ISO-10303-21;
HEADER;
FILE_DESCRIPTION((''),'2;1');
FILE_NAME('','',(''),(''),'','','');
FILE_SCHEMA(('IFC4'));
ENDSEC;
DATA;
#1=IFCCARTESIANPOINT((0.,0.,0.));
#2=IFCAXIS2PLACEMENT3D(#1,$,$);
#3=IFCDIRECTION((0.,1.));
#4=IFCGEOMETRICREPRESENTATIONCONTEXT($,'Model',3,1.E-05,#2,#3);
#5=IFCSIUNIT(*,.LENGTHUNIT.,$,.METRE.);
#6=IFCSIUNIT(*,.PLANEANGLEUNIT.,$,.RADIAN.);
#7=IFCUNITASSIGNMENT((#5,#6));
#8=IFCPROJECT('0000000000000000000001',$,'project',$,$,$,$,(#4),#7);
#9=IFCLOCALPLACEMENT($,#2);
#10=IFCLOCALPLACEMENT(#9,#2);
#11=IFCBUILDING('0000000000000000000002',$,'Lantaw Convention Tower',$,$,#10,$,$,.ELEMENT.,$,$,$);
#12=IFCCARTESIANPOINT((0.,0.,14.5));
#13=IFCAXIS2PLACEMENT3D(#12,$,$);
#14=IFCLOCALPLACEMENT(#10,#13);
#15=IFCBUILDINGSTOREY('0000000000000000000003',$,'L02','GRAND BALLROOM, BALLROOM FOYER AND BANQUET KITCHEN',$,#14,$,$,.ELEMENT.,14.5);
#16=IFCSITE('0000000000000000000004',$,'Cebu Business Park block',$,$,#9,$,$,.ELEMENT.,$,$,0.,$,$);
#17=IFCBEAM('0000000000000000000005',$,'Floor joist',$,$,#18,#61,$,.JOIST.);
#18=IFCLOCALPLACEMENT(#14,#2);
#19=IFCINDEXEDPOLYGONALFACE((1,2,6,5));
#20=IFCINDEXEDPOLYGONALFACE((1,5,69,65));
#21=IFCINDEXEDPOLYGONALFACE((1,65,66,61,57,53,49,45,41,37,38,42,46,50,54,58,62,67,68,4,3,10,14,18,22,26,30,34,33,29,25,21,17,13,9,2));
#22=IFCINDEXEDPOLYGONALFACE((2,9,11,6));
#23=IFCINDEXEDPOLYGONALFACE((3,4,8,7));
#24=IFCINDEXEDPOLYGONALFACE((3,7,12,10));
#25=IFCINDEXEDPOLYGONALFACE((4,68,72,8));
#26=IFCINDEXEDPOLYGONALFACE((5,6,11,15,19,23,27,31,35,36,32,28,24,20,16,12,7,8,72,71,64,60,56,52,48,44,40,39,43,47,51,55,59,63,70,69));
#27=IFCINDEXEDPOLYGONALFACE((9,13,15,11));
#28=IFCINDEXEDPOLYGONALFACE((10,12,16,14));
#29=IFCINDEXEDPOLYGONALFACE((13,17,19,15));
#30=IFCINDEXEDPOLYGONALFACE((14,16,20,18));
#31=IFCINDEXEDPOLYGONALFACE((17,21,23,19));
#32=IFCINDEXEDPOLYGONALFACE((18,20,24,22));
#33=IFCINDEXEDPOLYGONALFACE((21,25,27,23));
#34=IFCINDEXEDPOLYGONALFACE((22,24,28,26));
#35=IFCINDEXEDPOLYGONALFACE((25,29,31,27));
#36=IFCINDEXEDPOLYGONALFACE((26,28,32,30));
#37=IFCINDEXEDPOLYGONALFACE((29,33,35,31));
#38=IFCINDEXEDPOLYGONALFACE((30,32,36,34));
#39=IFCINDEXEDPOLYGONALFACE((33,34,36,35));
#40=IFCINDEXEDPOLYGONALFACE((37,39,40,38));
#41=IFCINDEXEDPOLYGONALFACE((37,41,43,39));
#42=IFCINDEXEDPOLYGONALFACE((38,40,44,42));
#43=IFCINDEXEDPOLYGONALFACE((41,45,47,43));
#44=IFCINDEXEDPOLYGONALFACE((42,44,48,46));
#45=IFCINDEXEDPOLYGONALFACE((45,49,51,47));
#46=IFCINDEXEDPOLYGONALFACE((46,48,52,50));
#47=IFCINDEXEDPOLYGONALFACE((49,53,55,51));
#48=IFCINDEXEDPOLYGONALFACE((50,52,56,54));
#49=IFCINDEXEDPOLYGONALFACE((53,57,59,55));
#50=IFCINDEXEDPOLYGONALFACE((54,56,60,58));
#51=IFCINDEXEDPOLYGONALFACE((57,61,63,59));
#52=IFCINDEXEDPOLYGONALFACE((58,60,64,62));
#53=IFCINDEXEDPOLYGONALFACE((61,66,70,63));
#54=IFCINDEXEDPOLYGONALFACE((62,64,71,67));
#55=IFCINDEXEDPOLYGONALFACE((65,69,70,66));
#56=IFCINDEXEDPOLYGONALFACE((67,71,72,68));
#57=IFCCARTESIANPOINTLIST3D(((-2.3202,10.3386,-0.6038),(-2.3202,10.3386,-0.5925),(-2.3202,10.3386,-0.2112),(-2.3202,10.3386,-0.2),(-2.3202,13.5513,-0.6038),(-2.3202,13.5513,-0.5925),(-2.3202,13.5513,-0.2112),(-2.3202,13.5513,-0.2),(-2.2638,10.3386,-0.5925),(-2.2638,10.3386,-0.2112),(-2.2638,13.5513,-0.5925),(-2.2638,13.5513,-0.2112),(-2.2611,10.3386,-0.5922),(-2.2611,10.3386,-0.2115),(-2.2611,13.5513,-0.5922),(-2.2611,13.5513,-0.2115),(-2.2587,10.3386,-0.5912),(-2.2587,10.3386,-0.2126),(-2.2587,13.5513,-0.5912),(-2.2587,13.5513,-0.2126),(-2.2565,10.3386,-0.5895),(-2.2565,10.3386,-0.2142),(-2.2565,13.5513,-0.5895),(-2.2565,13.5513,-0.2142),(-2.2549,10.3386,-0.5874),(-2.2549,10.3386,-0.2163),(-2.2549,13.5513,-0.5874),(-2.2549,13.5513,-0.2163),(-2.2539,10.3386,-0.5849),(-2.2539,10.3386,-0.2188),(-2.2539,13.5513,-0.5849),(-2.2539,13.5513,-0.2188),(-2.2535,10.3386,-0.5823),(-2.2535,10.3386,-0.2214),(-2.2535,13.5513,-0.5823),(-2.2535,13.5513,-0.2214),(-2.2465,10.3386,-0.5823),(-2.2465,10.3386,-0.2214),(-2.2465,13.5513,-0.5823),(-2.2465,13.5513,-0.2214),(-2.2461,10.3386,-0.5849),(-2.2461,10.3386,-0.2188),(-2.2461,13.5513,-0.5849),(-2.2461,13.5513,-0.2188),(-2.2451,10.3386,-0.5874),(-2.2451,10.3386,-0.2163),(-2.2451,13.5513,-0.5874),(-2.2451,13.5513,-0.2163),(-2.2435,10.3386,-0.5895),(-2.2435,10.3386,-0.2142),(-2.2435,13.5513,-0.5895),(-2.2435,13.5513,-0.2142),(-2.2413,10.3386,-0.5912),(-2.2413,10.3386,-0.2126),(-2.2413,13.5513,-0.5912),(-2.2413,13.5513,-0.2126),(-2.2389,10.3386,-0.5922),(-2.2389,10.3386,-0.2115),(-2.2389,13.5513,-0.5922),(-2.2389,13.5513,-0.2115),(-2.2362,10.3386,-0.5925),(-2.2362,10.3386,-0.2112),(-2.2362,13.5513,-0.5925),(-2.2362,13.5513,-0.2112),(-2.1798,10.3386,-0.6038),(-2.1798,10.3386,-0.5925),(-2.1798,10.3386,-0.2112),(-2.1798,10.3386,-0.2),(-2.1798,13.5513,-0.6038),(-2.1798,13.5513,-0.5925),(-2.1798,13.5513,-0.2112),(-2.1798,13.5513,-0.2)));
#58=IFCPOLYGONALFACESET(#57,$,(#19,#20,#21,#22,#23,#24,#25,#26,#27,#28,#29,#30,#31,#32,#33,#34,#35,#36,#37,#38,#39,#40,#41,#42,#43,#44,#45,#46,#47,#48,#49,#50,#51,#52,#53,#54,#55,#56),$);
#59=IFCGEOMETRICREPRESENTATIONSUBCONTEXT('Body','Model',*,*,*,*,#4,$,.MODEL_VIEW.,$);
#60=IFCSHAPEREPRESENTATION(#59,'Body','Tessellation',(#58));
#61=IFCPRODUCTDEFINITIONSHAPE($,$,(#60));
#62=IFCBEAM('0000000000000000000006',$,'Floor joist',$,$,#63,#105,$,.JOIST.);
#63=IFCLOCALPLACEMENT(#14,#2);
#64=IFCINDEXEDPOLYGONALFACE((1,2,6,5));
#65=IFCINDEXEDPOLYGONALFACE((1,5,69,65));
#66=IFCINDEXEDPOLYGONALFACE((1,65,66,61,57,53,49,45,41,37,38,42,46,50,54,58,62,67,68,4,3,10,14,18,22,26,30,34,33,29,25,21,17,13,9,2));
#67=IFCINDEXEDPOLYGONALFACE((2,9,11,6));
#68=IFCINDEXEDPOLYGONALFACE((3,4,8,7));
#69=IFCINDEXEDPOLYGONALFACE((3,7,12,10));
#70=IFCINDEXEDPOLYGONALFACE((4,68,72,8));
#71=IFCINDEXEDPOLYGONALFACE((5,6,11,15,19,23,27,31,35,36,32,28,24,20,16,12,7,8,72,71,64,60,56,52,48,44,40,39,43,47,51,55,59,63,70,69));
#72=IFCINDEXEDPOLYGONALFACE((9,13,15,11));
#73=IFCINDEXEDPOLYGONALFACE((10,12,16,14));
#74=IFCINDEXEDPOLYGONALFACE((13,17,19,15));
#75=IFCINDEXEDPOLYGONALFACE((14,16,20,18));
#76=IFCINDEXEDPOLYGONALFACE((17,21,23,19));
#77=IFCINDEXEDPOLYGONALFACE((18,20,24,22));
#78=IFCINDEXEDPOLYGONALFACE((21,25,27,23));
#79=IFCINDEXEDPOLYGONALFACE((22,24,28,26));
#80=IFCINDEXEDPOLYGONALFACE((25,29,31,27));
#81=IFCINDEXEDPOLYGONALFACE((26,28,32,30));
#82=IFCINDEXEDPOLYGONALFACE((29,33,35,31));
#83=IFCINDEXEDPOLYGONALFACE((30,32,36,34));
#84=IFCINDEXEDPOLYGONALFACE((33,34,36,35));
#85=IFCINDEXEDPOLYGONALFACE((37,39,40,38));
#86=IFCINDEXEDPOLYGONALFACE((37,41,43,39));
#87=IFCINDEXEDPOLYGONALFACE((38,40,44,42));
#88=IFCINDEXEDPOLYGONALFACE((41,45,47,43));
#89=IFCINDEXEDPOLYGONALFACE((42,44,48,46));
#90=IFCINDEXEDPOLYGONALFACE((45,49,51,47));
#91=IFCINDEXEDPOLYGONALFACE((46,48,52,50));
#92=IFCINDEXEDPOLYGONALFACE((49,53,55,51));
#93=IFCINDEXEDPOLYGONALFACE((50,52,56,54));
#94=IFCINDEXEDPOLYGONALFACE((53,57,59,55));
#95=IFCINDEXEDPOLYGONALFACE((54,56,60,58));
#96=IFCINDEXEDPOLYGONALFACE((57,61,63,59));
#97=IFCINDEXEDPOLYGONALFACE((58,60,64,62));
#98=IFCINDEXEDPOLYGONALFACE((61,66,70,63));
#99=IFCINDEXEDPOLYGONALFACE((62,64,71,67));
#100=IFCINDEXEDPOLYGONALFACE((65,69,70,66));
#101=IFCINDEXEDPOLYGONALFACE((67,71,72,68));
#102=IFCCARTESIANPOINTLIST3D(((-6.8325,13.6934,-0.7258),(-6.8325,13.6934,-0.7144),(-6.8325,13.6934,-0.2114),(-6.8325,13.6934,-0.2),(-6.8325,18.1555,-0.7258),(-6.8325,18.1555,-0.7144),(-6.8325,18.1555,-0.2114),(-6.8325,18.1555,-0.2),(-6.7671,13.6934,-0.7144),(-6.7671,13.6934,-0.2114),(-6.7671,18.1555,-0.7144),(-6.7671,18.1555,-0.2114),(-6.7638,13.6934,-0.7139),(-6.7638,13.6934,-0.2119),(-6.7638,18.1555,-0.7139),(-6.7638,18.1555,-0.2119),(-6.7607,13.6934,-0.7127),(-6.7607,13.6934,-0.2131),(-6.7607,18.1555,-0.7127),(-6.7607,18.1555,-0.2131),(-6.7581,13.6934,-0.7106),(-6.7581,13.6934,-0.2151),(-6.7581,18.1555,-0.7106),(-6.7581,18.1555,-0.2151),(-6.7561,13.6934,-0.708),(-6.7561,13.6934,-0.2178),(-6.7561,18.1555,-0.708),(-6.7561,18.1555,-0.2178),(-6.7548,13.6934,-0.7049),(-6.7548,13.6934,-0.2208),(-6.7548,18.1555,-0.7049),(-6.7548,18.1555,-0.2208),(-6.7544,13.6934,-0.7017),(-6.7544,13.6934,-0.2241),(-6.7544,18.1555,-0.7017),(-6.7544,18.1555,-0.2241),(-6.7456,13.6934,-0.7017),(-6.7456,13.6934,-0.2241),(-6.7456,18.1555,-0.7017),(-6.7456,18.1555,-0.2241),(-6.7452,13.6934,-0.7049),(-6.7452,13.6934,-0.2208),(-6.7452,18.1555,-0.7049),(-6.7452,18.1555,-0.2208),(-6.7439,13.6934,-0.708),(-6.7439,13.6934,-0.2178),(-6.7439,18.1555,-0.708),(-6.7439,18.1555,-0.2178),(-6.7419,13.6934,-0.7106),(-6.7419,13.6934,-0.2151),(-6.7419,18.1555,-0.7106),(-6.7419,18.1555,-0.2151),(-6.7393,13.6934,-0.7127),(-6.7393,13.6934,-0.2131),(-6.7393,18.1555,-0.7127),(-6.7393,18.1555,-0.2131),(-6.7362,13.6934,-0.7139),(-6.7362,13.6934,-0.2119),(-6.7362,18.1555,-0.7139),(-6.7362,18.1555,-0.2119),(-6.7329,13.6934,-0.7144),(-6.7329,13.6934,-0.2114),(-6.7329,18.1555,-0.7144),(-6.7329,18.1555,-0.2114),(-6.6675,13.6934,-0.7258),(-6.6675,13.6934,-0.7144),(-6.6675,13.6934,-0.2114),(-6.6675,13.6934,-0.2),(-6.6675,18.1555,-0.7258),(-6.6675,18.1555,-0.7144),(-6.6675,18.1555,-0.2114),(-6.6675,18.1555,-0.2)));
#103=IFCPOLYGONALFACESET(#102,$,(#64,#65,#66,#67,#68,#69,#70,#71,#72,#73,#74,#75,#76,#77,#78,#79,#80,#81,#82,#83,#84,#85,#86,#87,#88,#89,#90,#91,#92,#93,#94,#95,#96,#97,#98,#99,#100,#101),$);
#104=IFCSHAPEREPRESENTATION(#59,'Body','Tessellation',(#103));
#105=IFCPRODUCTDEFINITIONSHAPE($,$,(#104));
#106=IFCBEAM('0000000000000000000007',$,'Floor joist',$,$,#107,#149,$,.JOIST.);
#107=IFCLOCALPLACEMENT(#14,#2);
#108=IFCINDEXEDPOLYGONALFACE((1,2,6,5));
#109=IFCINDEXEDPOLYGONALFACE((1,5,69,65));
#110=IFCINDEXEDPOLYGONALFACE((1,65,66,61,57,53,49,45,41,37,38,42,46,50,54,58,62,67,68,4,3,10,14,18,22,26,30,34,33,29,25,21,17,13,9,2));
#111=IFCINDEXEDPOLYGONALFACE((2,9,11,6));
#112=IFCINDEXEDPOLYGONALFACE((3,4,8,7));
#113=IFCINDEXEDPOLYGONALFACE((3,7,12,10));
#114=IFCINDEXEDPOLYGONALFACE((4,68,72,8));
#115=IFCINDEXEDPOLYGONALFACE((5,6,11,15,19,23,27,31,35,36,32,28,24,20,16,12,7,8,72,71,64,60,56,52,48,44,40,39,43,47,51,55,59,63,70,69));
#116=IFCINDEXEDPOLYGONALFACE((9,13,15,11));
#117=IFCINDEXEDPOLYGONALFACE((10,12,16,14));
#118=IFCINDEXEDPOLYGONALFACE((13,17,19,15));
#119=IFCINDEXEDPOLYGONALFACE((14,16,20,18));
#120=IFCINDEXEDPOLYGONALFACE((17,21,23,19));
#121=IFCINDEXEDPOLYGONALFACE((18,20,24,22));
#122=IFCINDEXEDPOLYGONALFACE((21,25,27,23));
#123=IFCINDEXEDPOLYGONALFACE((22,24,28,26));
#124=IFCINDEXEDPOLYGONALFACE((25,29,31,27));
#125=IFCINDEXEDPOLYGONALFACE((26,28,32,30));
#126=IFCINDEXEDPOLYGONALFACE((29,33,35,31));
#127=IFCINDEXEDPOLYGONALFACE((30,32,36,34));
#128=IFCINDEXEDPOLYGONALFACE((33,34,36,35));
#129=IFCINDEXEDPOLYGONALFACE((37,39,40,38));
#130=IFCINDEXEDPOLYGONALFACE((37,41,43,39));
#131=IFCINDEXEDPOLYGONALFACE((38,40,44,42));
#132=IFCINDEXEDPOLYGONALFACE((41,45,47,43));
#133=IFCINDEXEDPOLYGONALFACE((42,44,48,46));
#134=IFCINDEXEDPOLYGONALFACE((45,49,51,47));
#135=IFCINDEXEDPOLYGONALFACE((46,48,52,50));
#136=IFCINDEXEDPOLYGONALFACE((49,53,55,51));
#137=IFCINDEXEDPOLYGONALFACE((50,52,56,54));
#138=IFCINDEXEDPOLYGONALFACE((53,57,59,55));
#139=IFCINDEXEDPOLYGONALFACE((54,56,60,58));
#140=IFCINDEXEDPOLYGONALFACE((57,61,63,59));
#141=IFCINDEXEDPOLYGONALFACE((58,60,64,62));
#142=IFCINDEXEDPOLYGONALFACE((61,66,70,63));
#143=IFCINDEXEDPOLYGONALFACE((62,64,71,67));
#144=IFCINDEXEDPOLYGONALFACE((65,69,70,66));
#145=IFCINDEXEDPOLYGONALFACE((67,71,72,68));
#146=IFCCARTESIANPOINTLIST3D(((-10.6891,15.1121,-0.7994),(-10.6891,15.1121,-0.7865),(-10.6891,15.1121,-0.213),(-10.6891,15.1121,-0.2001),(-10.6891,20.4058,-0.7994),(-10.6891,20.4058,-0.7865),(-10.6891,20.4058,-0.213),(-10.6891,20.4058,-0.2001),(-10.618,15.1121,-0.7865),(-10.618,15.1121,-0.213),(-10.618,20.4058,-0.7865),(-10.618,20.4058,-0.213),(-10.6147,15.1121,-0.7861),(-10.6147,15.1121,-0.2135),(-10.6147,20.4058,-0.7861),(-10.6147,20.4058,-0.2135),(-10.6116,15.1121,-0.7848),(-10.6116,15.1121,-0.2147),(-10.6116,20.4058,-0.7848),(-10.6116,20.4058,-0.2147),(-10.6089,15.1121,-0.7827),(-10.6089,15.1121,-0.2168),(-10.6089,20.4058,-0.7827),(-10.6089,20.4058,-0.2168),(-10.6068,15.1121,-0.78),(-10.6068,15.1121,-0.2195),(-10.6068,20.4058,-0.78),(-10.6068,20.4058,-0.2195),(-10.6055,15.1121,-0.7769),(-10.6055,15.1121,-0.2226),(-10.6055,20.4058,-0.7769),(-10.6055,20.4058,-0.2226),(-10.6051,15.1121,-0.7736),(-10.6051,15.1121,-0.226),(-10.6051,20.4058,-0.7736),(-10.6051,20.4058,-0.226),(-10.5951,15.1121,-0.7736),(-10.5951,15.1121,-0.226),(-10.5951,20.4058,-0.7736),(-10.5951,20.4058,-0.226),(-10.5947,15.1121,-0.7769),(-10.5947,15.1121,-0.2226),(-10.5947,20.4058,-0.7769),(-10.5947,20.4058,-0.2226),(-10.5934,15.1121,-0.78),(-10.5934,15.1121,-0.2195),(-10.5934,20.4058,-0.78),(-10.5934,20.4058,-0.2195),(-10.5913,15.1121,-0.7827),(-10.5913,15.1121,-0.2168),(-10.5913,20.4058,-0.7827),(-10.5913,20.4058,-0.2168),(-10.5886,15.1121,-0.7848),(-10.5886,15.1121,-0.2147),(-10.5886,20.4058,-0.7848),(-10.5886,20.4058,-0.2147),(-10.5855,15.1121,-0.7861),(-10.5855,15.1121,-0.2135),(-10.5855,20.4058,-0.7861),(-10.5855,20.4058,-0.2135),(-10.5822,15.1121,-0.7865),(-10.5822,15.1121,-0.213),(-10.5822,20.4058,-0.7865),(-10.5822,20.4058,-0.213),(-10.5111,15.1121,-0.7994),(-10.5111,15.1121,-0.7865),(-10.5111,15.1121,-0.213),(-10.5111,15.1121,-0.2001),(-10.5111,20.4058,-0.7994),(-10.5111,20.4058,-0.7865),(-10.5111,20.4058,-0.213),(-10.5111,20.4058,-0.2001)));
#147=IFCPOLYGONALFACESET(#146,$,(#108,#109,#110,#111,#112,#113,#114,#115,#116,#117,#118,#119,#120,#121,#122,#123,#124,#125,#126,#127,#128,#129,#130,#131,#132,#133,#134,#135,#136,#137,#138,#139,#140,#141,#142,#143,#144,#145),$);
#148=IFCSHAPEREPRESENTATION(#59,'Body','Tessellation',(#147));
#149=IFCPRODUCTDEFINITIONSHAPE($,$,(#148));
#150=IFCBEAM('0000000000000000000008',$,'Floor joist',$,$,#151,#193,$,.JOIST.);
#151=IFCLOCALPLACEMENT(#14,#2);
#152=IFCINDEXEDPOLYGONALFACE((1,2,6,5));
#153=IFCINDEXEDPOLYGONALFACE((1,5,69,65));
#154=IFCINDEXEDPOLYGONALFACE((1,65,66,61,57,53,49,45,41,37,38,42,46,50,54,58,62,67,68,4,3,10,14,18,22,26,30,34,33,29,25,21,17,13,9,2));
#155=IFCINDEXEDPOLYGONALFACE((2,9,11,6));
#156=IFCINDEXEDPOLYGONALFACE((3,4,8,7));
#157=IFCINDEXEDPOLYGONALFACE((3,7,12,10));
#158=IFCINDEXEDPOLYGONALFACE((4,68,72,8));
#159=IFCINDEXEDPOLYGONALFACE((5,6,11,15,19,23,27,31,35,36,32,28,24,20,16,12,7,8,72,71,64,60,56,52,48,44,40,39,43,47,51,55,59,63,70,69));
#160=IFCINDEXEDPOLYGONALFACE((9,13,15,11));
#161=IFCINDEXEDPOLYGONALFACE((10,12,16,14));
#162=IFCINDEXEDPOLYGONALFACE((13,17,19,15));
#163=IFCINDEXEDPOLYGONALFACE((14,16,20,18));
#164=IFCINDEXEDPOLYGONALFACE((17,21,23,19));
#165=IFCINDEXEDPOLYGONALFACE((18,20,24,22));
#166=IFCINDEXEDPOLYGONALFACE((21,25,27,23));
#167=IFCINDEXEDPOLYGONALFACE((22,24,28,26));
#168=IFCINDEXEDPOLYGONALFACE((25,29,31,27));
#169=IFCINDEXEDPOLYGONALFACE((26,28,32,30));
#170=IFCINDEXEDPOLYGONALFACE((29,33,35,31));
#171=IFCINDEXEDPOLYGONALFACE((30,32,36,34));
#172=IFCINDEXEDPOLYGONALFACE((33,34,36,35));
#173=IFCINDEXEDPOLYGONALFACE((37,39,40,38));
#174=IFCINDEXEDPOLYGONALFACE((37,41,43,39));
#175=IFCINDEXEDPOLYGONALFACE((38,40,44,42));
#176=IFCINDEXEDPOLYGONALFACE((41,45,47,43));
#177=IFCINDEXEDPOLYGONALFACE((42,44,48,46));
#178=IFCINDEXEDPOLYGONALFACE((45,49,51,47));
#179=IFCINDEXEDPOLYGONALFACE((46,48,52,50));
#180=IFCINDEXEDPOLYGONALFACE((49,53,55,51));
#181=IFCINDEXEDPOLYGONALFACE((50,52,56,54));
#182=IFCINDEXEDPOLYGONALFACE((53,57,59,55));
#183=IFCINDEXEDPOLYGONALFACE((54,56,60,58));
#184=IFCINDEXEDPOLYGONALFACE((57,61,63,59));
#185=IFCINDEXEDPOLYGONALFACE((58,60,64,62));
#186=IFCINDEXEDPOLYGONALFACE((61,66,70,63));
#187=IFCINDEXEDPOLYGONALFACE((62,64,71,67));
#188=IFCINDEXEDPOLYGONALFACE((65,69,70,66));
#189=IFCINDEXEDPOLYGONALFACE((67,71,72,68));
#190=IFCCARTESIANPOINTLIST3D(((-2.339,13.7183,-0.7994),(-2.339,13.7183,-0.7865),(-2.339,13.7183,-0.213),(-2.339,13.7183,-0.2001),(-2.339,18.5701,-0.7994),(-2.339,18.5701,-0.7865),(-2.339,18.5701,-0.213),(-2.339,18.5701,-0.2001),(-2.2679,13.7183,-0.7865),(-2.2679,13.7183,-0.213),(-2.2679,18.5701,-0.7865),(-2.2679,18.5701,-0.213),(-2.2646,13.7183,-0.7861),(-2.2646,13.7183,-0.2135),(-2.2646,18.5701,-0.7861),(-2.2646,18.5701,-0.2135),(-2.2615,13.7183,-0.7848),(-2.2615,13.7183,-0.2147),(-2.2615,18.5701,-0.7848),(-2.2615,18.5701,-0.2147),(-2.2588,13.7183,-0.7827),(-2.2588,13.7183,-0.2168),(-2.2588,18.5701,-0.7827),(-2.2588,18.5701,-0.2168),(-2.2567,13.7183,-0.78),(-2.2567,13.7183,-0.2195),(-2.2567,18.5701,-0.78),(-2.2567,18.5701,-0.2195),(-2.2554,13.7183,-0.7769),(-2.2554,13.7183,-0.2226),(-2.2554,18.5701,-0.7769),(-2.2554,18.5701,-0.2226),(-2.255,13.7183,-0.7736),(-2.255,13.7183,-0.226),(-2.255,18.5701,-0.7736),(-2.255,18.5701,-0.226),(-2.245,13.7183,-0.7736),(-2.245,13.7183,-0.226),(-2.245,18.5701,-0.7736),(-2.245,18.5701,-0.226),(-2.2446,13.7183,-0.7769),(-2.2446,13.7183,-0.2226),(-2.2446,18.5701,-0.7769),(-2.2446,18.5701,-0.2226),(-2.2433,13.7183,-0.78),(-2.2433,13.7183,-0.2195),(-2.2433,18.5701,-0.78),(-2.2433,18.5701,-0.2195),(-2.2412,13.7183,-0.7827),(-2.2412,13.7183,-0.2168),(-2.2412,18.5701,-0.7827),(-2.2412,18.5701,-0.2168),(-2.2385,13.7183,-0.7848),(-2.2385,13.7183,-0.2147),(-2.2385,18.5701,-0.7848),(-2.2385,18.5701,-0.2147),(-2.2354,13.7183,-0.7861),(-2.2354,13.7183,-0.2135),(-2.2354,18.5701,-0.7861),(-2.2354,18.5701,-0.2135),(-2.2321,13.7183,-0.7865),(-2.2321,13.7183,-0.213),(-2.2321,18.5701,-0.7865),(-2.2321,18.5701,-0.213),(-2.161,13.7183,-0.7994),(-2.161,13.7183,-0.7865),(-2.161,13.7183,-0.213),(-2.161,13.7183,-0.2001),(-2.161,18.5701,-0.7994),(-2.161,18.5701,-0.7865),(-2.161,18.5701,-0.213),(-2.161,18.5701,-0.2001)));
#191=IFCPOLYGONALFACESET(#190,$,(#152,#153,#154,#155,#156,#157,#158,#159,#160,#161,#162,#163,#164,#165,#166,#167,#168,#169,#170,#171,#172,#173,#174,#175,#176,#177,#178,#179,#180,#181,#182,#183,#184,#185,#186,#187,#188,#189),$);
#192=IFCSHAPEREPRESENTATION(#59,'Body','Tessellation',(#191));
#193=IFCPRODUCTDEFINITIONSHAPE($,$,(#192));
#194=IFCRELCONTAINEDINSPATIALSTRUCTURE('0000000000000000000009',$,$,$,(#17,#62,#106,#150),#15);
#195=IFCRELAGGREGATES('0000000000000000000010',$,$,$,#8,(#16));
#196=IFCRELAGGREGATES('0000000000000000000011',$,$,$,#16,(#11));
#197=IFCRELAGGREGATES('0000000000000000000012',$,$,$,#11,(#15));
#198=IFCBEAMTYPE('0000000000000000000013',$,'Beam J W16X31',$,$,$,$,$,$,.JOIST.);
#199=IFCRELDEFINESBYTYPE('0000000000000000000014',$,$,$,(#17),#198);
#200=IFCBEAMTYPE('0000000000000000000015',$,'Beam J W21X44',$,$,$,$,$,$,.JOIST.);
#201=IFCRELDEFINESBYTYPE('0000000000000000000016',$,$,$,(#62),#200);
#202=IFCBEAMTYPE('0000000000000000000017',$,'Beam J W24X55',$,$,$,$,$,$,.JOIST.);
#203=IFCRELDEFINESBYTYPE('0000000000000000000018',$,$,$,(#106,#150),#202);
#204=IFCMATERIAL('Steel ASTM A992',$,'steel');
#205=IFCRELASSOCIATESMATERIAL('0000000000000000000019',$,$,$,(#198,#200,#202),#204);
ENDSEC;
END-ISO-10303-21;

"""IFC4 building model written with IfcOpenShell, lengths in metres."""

from ifc_helpers import new_model, si_unit, direction, frame, origin, origin_2d, place, context, subcontext, project, spatial, i_section, extrude, material, material_profile, profile_set, type_object, element, save


model = new_model("IFC4")

# Units and contexts
model_context = context("Model", 3, precision=1e-05, world=origin(), true_north=direction((0.0, 1.0)))
body_context = subcontext(model_context, "Body", "Model", "MODEL_VIEW")
ifc_project = project(units=[si_unit("LENGTHUNIT", "METRE"), si_unit("PLANEANGLEUNIT", "RADIAN")], contexts=[model_context])

# Site, building, storey
site_placement = place(None, origin())
site = spatial("IfcSite", under=ifc_project, at=site_placement, Name="Cebu Business Park block", CompositionType="ELEMENT", RefElevation=0.0)
building_placement = place(site_placement, origin())
building = spatial("IfcBuilding", under=site, at=building_placement, Name="Lantaw Convention Tower", CompositionType="ELEMENT")
storey_placement = place(building_placement, frame((0.0, 0.0, 14.5)))
storey = spatial("IfcBuildingStorey", under=building, at=storey_placement, Name="L02", Description="GRAND BALLROOM, BALLROOM FOYER AND BANQUET KITCHEN", CompositionType="ELEMENT", Elevation=14.5)

# Beams
ifc_material_1 = material(Name="Steel ASTM A992", Category="steel")
ifc_material_profile_1 = material_profile(ifc_material_1, i_section(OverallWidth=0.1404, OverallDepth=0.4038, WebThickness=0.0071, FlangeThickness=0.0112, FilletRadius=0.0103, at=origin_2d()), Name="W16X31")
ifc_profile_set_1 = profile_set([ifc_material_profile_1], Name="Steel ASTM A992")
beam_type_1 = type_object("IfcBeamType", Name="Beam J W16X31", PredefinedType="JOIST", material=ifc_profile_set_1)
beam_1_placement = place(storey_placement, frame((-2.25, 10.3386, -0.4019), z_axis=(0.0, 1.0, 0.0), x_axis=(-1.0, 0.0, 0.0)))
element("IfcBeam", 1, at=beam_1_placement, inside=storey, type_object=beam_type_1, Name="Floor joist", PredefinedType="JOIST", context=body_context, shape_type="SweptSolid", body=[
    extrude(i_section(OverallWidth=0.1404, OverallDepth=0.4038, WebThickness=0.0071, FlangeThickness=0.0112, FilletRadius=0.0103, at=origin_2d()), origin(), (0.0, 0.0, 1.0), 3.2126),
])
ifc_material_profile_2 = material_profile(ifc_material_1, i_section(OverallWidth=0.165, OverallDepth=0.5259, WebThickness=0.0088, FlangeThickness=0.0115, FilletRadius=0.0127, at=origin_2d()), Name="W21X44")
ifc_profile_set_2 = profile_set([ifc_material_profile_2], Name="Steel ASTM A992")
beam_type_2 = type_object("IfcBeamType", Name="Beam J W21X44", PredefinedType="JOIST", material=ifc_profile_set_2)
beam_2_placement = place(storey_placement, frame((-6.75, 13.6934, -0.4629), z_axis=(0.0, 1.0, 0.0), x_axis=(-1.0, 0.0, 0.0)))
element("IfcBeam", 2, at=beam_2_placement, inside=storey, type_object=beam_type_2, Name="Floor joist", PredefinedType="JOIST", context=body_context, shape_type="SweptSolid", body=[
    extrude(i_section(OverallWidth=0.165, OverallDepth=0.5259, WebThickness=0.0088, FlangeThickness=0.0115, FilletRadius=0.0127, at=origin_2d()), origin(), (0.0, 0.0, 1.0), 4.4622),
])
ifc_material_profile_3 = material_profile(ifc_material_1, i_section(OverallWidth=0.178, OverallDepth=0.5994, WebThickness=0.01, FlangeThickness=0.0129, FilletRadius=0.0129, at=origin_2d()), Name="W24X55")
ifc_profile_set_3 = profile_set([ifc_material_profile_3], Name="Steel ASTM A992")
beam_type_3 = type_object("IfcBeamType", Name="Beam J W24X55", PredefinedType="JOIST", material=ifc_profile_set_3)
beam_3_placement = place(storey_placement, frame((-10.6001, 15.1121, -0.4998), z_axis=(0.0, 1.0, 0.0), x_axis=(-1.0, 0.0, 0.0)))
element("IfcBeam", 3, at=beam_3_placement, inside=storey, type_object=beam_type_3, Name="Floor joist", PredefinedType="JOIST", context=body_context, shape_type="SweptSolid", body=[
    extrude(i_section(OverallWidth=0.178, OverallDepth=0.5994, WebThickness=0.01, FlangeThickness=0.0129, FilletRadius=0.0129, at=origin_2d()), origin(), (0.0, 0.0, 1.0), 5.2937),
])
beam_4_placement = place(storey_placement, frame((-2.25, 13.7183, -0.4998), z_axis=(0.0, 1.0, 0.0), x_axis=(-1.0, 0.0, 0.0)))
element("IfcBeam", 4, at=beam_4_placement, inside=storey, type_object=beam_type_3, Name="Floor joist", PredefinedType="JOIST", context=body_context, shape_type="SweptSolid", body=[
    extrude(i_section(OverallWidth=0.178, OverallDepth=0.5994, WebThickness=0.01, FlangeThickness=0.0129, FilletRadius=0.0129, at=origin_2d()), origin(), (0.0, 0.0, 1.0), 4.8518),
])

save(model, "model.ifc")
